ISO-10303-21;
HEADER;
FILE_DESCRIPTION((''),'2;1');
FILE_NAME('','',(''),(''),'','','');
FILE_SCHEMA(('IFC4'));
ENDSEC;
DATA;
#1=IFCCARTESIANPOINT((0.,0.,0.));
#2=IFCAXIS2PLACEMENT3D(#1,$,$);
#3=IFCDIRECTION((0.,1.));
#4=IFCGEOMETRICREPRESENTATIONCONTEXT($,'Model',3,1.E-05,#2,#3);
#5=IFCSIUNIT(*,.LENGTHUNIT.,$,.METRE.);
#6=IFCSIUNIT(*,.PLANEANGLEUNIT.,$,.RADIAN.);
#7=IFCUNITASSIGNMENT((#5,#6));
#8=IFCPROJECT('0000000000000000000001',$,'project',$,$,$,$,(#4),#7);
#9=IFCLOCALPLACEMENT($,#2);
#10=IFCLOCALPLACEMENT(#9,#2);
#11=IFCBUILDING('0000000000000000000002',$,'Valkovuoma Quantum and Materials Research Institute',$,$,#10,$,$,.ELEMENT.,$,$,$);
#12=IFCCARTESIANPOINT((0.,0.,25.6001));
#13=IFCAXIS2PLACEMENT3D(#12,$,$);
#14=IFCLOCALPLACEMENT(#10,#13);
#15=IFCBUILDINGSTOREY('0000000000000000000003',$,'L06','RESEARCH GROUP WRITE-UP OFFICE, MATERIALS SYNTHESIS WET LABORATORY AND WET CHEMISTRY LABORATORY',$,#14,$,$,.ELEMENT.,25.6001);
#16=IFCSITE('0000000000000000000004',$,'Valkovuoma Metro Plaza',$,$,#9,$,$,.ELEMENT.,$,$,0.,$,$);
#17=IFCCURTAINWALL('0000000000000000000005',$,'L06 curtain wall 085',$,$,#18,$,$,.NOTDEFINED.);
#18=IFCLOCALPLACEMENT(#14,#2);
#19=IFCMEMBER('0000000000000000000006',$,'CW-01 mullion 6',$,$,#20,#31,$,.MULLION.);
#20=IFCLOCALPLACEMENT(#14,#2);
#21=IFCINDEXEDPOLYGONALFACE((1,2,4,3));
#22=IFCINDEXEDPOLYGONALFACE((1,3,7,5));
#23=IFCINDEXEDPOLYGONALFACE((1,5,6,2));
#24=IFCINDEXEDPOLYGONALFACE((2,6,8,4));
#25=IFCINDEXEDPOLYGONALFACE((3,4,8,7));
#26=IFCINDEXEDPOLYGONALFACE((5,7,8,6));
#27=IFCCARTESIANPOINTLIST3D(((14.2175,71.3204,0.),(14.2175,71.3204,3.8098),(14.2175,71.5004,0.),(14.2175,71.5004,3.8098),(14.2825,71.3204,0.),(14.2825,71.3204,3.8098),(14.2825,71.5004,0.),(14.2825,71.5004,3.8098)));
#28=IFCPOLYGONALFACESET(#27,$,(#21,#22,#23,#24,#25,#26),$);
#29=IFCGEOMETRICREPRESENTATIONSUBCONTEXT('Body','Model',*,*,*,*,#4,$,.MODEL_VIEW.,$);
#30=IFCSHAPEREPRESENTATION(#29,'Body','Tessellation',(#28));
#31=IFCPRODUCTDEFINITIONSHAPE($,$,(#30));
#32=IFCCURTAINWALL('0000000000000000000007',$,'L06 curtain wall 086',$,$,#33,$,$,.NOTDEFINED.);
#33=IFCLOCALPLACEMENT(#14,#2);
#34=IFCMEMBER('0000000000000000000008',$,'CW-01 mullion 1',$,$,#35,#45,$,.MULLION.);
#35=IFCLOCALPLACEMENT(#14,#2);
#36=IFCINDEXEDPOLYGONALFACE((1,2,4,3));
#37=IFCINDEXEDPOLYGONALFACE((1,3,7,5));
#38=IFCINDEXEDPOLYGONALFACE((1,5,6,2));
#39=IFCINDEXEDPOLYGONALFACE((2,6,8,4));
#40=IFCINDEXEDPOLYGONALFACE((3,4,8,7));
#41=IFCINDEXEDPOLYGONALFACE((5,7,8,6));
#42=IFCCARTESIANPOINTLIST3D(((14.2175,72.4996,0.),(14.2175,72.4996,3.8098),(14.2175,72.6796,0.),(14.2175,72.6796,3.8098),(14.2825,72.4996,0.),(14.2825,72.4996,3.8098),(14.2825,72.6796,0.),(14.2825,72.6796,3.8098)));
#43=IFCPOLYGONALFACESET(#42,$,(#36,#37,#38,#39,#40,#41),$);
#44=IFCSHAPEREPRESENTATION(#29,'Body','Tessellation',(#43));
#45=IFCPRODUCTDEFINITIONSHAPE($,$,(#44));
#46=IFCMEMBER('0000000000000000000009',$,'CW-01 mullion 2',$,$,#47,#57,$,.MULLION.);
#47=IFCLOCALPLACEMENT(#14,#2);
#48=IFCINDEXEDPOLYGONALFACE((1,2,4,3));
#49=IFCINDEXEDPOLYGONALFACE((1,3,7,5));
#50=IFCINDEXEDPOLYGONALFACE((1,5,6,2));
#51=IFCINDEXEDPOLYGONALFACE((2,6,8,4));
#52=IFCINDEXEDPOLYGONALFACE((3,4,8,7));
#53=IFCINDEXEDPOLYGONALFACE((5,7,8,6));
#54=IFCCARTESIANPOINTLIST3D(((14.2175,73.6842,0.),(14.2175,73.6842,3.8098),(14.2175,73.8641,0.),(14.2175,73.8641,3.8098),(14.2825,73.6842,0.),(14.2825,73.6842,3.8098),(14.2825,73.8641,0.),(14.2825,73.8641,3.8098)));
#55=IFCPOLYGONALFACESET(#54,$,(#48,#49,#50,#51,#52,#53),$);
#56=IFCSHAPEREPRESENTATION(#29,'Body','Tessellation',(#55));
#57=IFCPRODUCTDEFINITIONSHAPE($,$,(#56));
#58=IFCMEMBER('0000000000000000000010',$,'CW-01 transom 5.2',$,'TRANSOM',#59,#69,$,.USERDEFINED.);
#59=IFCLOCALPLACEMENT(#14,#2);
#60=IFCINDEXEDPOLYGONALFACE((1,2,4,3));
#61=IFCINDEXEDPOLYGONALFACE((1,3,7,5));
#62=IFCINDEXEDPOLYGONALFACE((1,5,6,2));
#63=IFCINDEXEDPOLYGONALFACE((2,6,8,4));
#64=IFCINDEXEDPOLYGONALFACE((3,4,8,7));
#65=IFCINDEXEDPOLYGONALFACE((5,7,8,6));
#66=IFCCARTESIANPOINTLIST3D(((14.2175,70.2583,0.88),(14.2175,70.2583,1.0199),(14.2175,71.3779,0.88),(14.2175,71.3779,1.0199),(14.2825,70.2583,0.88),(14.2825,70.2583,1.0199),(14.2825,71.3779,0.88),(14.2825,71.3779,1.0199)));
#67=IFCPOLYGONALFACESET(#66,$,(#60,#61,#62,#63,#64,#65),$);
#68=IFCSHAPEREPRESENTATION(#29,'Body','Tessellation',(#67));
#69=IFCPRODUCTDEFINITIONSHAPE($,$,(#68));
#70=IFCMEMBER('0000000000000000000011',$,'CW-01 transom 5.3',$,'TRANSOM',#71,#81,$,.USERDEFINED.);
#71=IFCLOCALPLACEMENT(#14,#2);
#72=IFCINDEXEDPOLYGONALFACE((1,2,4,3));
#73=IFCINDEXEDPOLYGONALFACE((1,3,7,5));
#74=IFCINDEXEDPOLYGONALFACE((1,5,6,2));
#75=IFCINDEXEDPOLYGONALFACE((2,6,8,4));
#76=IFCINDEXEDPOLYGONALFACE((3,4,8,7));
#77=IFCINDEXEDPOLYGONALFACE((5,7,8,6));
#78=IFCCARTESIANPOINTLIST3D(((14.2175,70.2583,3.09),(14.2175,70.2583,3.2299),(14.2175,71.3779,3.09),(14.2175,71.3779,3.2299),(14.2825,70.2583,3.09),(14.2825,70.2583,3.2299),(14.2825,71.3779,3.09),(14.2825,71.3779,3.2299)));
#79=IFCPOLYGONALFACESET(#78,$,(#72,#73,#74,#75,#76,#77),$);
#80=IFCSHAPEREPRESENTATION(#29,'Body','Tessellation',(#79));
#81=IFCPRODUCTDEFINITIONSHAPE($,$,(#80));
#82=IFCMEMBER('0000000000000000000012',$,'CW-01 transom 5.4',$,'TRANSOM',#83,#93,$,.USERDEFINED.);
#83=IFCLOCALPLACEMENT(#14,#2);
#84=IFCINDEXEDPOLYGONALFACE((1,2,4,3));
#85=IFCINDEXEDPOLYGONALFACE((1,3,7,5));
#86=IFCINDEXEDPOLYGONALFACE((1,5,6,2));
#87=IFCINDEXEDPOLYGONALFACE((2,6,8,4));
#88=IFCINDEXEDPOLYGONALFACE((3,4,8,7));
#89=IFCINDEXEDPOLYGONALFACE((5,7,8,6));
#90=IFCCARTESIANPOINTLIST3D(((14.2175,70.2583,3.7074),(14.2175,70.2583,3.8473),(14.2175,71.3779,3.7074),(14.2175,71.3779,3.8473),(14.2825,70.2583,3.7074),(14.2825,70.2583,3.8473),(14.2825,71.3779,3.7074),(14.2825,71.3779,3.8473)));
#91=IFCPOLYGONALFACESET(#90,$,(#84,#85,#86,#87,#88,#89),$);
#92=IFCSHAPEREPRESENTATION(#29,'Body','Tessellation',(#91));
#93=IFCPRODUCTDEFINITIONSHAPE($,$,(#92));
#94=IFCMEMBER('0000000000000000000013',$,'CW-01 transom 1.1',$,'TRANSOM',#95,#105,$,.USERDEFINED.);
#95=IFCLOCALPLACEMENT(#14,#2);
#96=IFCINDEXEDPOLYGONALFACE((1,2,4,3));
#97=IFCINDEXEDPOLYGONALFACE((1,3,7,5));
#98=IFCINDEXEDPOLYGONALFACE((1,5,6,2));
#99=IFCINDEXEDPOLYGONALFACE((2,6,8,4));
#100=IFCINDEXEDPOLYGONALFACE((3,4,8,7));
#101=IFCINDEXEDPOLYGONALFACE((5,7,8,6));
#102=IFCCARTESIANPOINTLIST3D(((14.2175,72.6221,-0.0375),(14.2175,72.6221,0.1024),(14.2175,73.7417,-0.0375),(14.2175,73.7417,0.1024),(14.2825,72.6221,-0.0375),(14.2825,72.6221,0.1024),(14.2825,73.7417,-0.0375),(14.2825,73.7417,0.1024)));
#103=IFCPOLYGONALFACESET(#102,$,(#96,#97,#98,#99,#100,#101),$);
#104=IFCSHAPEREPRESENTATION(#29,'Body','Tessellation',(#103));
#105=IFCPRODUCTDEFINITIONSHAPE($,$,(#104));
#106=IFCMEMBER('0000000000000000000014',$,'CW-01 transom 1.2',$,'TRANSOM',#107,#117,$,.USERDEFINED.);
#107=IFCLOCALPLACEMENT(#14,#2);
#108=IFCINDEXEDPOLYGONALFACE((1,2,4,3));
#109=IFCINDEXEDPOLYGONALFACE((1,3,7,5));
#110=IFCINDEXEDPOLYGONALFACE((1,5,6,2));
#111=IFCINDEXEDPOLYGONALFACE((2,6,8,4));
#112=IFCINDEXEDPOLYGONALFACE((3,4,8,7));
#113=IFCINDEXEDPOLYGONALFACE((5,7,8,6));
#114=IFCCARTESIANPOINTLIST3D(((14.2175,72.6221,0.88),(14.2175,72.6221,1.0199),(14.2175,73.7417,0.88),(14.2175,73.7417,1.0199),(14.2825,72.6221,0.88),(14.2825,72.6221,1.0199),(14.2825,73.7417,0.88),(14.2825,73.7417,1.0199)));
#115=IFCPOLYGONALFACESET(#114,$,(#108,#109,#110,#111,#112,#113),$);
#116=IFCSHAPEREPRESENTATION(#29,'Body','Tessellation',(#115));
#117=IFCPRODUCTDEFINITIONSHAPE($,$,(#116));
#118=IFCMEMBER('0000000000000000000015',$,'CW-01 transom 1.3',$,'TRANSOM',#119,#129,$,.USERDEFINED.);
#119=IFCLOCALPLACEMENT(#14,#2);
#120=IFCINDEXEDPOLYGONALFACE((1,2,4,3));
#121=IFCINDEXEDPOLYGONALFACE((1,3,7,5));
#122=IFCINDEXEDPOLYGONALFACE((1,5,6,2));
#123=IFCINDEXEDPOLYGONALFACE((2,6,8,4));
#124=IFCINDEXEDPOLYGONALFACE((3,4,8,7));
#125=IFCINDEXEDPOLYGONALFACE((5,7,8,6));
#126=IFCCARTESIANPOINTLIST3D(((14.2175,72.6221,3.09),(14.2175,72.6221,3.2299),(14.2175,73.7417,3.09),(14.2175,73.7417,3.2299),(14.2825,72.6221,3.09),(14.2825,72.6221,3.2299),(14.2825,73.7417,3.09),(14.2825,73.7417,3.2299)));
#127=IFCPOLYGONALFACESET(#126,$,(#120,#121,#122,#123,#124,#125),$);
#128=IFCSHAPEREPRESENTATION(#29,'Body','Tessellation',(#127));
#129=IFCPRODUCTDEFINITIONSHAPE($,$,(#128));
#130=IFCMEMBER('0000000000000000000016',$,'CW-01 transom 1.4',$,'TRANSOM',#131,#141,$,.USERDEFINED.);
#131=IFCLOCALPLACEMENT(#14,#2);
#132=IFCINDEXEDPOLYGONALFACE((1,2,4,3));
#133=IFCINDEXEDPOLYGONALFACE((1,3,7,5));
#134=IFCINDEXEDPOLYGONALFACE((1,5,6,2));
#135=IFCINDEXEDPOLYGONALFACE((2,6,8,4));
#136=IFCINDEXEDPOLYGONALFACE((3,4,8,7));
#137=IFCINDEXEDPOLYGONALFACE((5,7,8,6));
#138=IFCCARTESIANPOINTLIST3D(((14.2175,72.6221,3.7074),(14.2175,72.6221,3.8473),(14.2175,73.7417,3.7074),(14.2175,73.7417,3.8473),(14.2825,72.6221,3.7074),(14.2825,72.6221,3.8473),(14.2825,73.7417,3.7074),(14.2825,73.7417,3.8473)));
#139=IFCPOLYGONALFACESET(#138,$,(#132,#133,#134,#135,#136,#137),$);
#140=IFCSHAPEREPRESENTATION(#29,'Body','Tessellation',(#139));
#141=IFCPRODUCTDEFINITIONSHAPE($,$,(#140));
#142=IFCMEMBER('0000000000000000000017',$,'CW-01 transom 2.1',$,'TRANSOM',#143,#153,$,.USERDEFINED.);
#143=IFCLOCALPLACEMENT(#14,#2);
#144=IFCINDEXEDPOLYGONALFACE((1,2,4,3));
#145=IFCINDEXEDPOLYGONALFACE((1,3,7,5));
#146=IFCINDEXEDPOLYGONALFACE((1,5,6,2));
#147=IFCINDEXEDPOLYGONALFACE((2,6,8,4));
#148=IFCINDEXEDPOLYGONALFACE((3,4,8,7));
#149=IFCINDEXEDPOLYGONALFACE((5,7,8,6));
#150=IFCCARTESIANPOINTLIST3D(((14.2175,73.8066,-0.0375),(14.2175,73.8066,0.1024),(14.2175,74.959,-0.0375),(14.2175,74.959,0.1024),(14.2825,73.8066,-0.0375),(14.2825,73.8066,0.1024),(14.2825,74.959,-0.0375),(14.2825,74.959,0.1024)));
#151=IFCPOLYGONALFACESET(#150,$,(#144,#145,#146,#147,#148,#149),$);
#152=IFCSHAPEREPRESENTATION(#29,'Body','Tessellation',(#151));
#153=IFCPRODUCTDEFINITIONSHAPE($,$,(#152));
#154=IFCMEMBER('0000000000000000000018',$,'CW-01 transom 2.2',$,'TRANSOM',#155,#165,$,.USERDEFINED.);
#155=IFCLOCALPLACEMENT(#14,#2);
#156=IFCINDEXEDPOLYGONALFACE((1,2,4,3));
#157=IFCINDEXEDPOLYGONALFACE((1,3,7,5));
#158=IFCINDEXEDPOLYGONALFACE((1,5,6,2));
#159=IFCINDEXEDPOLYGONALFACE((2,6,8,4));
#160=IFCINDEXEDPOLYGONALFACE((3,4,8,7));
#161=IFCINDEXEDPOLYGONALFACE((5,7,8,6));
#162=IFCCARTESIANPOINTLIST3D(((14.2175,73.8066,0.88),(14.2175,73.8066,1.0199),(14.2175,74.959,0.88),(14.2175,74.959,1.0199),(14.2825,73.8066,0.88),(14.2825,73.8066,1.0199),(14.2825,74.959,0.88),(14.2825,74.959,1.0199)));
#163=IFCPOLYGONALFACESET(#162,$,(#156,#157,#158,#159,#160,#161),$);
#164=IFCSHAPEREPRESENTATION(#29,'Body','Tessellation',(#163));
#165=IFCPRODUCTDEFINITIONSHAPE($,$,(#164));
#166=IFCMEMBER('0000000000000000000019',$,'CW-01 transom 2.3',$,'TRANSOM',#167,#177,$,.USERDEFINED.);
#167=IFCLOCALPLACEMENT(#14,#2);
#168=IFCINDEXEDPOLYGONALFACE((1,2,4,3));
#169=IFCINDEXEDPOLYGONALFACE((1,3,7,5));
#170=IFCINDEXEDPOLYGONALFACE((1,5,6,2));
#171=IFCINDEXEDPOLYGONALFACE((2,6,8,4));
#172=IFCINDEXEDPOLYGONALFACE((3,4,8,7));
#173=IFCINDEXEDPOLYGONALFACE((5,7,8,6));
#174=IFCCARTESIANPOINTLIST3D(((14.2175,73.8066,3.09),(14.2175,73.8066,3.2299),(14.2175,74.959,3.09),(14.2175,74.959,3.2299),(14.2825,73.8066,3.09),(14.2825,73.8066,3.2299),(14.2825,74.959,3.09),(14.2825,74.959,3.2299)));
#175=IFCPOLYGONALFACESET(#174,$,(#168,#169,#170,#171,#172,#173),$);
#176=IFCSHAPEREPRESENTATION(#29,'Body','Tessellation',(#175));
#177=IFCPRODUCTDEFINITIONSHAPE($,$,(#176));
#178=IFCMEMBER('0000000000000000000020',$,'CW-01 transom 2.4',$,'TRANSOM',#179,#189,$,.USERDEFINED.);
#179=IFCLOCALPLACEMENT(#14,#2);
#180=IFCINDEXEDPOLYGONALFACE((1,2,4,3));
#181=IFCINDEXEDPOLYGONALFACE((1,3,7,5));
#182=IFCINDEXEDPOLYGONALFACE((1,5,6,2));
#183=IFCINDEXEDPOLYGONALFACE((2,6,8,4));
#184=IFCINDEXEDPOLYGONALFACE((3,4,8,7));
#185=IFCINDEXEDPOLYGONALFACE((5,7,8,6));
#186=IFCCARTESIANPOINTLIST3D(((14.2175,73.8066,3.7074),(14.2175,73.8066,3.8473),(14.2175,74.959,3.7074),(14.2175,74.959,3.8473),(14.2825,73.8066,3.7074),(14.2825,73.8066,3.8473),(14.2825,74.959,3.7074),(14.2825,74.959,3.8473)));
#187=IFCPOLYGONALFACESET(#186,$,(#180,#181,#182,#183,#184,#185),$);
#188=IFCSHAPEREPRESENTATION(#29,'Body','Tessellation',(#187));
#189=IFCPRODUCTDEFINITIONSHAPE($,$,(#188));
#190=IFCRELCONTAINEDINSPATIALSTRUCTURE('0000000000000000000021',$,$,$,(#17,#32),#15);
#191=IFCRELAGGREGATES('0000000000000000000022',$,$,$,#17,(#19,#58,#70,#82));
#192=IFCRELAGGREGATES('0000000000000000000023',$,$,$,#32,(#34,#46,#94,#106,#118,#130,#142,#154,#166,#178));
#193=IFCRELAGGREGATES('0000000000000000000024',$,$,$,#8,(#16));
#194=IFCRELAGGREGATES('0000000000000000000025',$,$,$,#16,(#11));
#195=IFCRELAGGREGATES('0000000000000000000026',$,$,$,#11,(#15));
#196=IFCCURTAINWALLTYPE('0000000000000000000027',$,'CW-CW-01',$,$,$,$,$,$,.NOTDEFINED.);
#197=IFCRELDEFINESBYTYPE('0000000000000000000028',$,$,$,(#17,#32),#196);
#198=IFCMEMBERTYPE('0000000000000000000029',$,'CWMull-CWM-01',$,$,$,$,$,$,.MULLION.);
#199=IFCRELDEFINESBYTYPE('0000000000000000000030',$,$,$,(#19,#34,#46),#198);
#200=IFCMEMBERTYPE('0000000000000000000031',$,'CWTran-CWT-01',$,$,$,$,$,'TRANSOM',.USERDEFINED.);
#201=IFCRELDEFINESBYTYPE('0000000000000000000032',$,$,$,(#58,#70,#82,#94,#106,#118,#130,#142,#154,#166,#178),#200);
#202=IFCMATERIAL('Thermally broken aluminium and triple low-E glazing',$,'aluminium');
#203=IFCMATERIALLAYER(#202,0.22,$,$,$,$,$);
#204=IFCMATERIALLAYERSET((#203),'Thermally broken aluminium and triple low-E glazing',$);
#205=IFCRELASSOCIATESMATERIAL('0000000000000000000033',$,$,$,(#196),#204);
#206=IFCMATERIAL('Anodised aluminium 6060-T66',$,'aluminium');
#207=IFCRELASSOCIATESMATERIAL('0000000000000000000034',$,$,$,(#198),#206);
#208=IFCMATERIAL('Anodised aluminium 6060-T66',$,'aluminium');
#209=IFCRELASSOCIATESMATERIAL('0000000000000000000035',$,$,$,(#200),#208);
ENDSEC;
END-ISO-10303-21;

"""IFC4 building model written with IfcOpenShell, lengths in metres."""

from ifc_helpers import new_model, si_unit, direction, frame, origin, origin_2d, place, context, subcontext, project, spatial, rectangle, extrude, material, layer, layer_set, material_profile, profile_set, type_object, element, aggregate, save


model = new_model("IFC4")

# Units and contexts
model_context = context("Model", 3, precision=1e-05, world=origin(), true_north=direction((0.0, 1.0)))
body_context = subcontext(model_context, "Body", "Model", "MODEL_VIEW")
ifc_project = project(units=[si_unit("LENGTHUNIT", "METRE"), si_unit("PLANEANGLEUNIT", "RADIAN")], contexts=[model_context])

# Site, building, storey
site_placement = place(None, origin())
site = spatial("IfcSite", under=ifc_project, at=site_placement, Name="Valkovuoma Metro Plaza", CompositionType="ELEMENT", RefElevation=0.0)
building_placement = place(site_placement, origin())
building = spatial("IfcBuilding", under=site, at=building_placement, Name="Valkovuoma Quantum and Materials Research Institute", CompositionType="ELEMENT")
storey_placement = place(building_placement, frame((0.0, 0.0, 25.6001)))
storey = spatial("IfcBuildingStorey", under=building, at=storey_placement, Name="L06", Description="RESEARCH GROUP WRITE-UP OFFICE, MATERIALS SYNTHESIS WET LABORATORY AND WET CHEMISTRY LABORATORY", CompositionType="ELEMENT", Elevation=25.6001)

# Curtain wall, member
ifc_material_1 = material(Name="Thermally broken aluminium and triple low-E glazing", Category="aluminium")
ifc_layer_1 = layer(ifc_material_1, 0.22)
ifc_layer_set_1 = layer_set([ifc_layer_1], Name="Thermally broken aluminium and triple low-E glazing")
curtain_wall_type = type_object("IfcCurtainWallType", Name="CW-CW-01", PredefinedType="NOTDEFINED", material=ifc_layer_set_1)
curtain_wall_1_placement = place(storey_placement, origin())
curtain_wall_1 = element("IfcCurtainWall", 1, at=curtain_wall_1_placement, inside=storey, type_object=curtain_wall_type, Name="L06 curtain wall 085", PredefinedType="NOTDEFINED")
ifc_material_2 = material(Name="Anodised aluminium 6060-T66", Category="aluminium")
ifc_material_profile_1 = material_profile(ifc_material_2, rectangle(XDim=0.0649, YDim=0.1799, at=origin_2d()), Name="Anodised aluminium 6060-T66")
ifc_profile_set_1 = profile_set([ifc_material_profile_1], Name="Anodised aluminium 6060-T66")
member_type_1 = type_object("IfcMemberType", Name="CWMull-CWM-01", PredefinedType="MULLION", material=ifc_profile_set_1)
member_1_placement = place(storey_placement, frame((14.25, 71.4104, 0.0), z_axis=(0.0, 0.0, 1.0), x_axis=(-1.0, 0.0, 0.0)))
member_1 = element("IfcMember", 2, at=member_1_placement, type_object=member_type_1, Name="CW-01 mullion 6", PredefinedType="MULLION", context=body_context, shape_type="SweptSolid", body=[
    extrude(rectangle(XDim=0.0649, YDim=0.1799, at=origin_2d()), origin(), (0.0, 0.0, 1.0), 3.8098),
])

# Curtain wall, members
curtain_wall_2_placement = place(storey_placement, origin())
curtain_wall_2 = element("IfcCurtainWall", 3, at=curtain_wall_2_placement, inside=storey, type_object=curtain_wall_type, Name="L06 curtain wall 086", PredefinedType="NOTDEFINED")
member_2_placement = place(storey_placement, frame((14.25, 72.5896, 0.0), z_axis=(0.0, 0.0, 1.0), x_axis=(-1.0, 0.0, 0.0)))
member_2 = element("IfcMember", 4, at=member_2_placement, type_object=member_type_1, Name="CW-01 mullion 1", PredefinedType="MULLION", context=body_context, shape_type="SweptSolid", body=[
    extrude(rectangle(XDim=0.0649, YDim=0.1799, at=origin_2d()), origin(), (0.0, 0.0, 1.0), 3.8098),
])
member_3_placement = place(storey_placement, frame((14.25, 73.7742, 0.0), z_axis=(0.0, 0.0, 1.0), x_axis=(-1.0, 0.0, 0.0)))
member_3 = element("IfcMember", 5, at=member_3_placement, type_object=member_type_1, Name="CW-01 mullion 2", PredefinedType="MULLION", context=body_context, shape_type="SweptSolid", body=[
    extrude(rectangle(XDim=0.0649, YDim=0.1799, at=origin_2d()), origin(), (0.0, 0.0, 1.0), 3.8098),
])

# Members
ifc_material_3 = material(Name="Anodised aluminium 6060-T66", Category="aluminium")
ifc_material_profile_2 = material_profile(ifc_material_3, rectangle(XDim=0.0649, YDim=0.1399, at=origin_2d()), Name="Anodised aluminium 6060-T66")
ifc_profile_set_2 = profile_set([ifc_material_profile_2], Name="Anodised aluminium 6060-T66")
member_type_2 = type_object("IfcMemberType", Name="CWTran-CWT-01", ElementType="TRANSOM", PredefinedType="USERDEFINED", material=ifc_profile_set_2)
member_4_placement = place(storey_placement, frame((14.25, 70.2583, 0.95), z_axis=(0.0, 1.0, 0.0), x_axis=(-1.0, 0.0, 0.0)))
member_4 = element("IfcMember", 6, at=member_4_placement, type_object=member_type_2, Name="CW-01 transom 5.2", ObjectType="TRANSOM", PredefinedType="USERDEFINED", context=body_context, shape_type="SweptSolid", body=[
    extrude(rectangle(XDim=0.0649, YDim=0.1399, at=origin_2d()), origin(), (0.0, 0.0, 1.0), 1.1196),
])
member_5_placement = place(storey_placement, frame((14.25, 70.2583, 3.1599), z_axis=(0.0, 1.0, 0.0), x_axis=(-1.0, 0.0, 0.0)))
member_5 = element("IfcMember", 7, at=member_5_placement, type_object=member_type_2, Name="CW-01 transom 5.3", ObjectType="TRANSOM", PredefinedType="USERDEFINED", context=body_context, shape_type="SweptSolid", body=[
    extrude(rectangle(XDim=0.0649, YDim=0.1399, at=origin_2d()), origin(), (0.0, 0.0, 1.0), 1.1196),
])
member_6_placement = place(storey_placement, frame((14.25, 70.2583, 3.7773), z_axis=(0.0, 1.0, 0.0), x_axis=(-1.0, 0.0, 0.0)))
member_6 = element("IfcMember", 8, at=member_6_placement, type_object=member_type_2, Name="CW-01 transom 5.4", ObjectType="TRANSOM", PredefinedType="USERDEFINED", context=body_context, shape_type="SweptSolid", body=[
    extrude(rectangle(XDim=0.0649, YDim=0.1399, at=origin_2d()), origin(), (0.0, 0.0, 1.0), 1.1196),
])
member_7_placement = place(storey_placement, frame((14.25, 72.6221, 0.0325), z_axis=(0.0, 1.0, 0.0), x_axis=(-1.0, 0.0, 0.0)))
member_7 = element("IfcMember", 9, at=member_7_placement, type_object=member_type_2, Name="CW-01 transom 1.1", ObjectType="TRANSOM", PredefinedType="USERDEFINED", context=body_context, shape_type="SweptSolid", body=[
    extrude(rectangle(XDim=0.0649, YDim=0.1399, at=origin_2d()), origin(), (0.0, 0.0, 1.0), 1.1196),
])
member_8_placement = place(storey_placement, frame((14.25, 72.6221, 0.95), z_axis=(0.0, 1.0, 0.0), x_axis=(-1.0, 0.0, 0.0)))
member_8 = element("IfcMember", 10, at=member_8_placement, type_object=member_type_2, Name="CW-01 transom 1.2", ObjectType="TRANSOM", PredefinedType="USERDEFINED", context=body_context, shape_type="SweptSolid", body=[
    extrude(rectangle(XDim=0.0649, YDim=0.1399, at=origin_2d()), origin(), (0.0, 0.0, 1.0), 1.1196),
])
member_9_placement = place(storey_placement, frame((14.25, 72.6221, 3.1599), z_axis=(0.0, 1.0, 0.0), x_axis=(-1.0, 0.0, 0.0)))
member_9 = element("IfcMember", 11, at=member_9_placement, type_object=member_type_2, Name="CW-01 transom 1.3", ObjectType="TRANSOM", PredefinedType="USERDEFINED", context=body_context, shape_type="SweptSolid", body=[
    extrude(rectangle(XDim=0.0649, YDim=0.1399, at=origin_2d()), origin(), (0.0, 0.0, 1.0), 1.1196),
])
member_10_placement = place(storey_placement, frame((14.25, 72.6221, 3.7773), z_axis=(0.0, 1.0, 0.0), x_axis=(-1.0, 0.0, 0.0)))
member_10 = element("IfcMember", 12, at=member_10_placement, type_object=member_type_2, Name="CW-01 transom 1.4", ObjectType="TRANSOM", PredefinedType="USERDEFINED", context=body_context, shape_type="SweptSolid", body=[
    extrude(rectangle(XDim=0.0649, YDim=0.1399, at=origin_2d()), origin(), (0.0, 0.0, 1.0), 1.1196),
])
member_11_placement = place(storey_placement, frame((14.25, 73.8066, 0.0325), z_axis=(0.0, 1.0, 0.0), x_axis=(-1.0, 0.0, 0.0)))
member_11 = element("IfcMember", 13, at=member_11_placement, type_object=member_type_2, Name="CW-01 transom 2.1", ObjectType="TRANSOM", PredefinedType="USERDEFINED", context=body_context, shape_type="SweptSolid", body=[
    extrude(rectangle(XDim=0.0649, YDim=0.1399, at=origin_2d()), origin(), (0.0, 0.0, 1.0), 1.1523),
])
member_12_placement = place(storey_placement, frame((14.25, 73.8066, 0.95), z_axis=(0.0, 1.0, 0.0), x_axis=(-1.0, 0.0, 0.0)))
member_12 = element("IfcMember", 14, at=member_12_placement, type_object=member_type_2, Name="CW-01 transom 2.2", ObjectType="TRANSOM", PredefinedType="USERDEFINED", context=body_context, shape_type="SweptSolid", body=[
    extrude(rectangle(XDim=0.0649, YDim=0.1399, at=origin_2d()), origin(), (0.0, 0.0, 1.0), 1.1523),
])
member_13_placement = place(storey_placement, frame((14.25, 73.8066, 3.1599), z_axis=(0.0, 1.0, 0.0), x_axis=(-1.0, 0.0, 0.0)))
member_13 = element("IfcMember", 15, at=member_13_placement, type_object=member_type_2, Name="CW-01 transom 2.3", ObjectType="TRANSOM", PredefinedType="USERDEFINED", context=body_context, shape_type="SweptSolid", body=[
    extrude(rectangle(XDim=0.0649, YDim=0.1399, at=origin_2d()), origin(), (0.0, 0.0, 1.0), 1.1523),
])
member_14_placement = place(storey_placement, frame((14.25, 73.8066, 3.7773), z_axis=(0.0, 1.0, 0.0), x_axis=(-1.0, 0.0, 0.0)))
member_14 = element("IfcMember", 16, at=member_14_placement, type_object=member_type_2, Name="CW-01 transom 2.4", ObjectType="TRANSOM", PredefinedType="USERDEFINED", context=body_context, shape_type="SweptSolid", body=[
    extrude(rectangle(XDim=0.0649, YDim=0.1399, at=origin_2d()), origin(), (0.0, 0.0, 1.0), 1.1523),
])

aggregate(curtain_wall_1, [member_1, member_4, member_5, member_6])
aggregate(curtain_wall_2, [member_2, member_3, member_7, member_8, member_9, member_10, member_11, member_12, member_13, member_14])

save(model, "model.ifc")
